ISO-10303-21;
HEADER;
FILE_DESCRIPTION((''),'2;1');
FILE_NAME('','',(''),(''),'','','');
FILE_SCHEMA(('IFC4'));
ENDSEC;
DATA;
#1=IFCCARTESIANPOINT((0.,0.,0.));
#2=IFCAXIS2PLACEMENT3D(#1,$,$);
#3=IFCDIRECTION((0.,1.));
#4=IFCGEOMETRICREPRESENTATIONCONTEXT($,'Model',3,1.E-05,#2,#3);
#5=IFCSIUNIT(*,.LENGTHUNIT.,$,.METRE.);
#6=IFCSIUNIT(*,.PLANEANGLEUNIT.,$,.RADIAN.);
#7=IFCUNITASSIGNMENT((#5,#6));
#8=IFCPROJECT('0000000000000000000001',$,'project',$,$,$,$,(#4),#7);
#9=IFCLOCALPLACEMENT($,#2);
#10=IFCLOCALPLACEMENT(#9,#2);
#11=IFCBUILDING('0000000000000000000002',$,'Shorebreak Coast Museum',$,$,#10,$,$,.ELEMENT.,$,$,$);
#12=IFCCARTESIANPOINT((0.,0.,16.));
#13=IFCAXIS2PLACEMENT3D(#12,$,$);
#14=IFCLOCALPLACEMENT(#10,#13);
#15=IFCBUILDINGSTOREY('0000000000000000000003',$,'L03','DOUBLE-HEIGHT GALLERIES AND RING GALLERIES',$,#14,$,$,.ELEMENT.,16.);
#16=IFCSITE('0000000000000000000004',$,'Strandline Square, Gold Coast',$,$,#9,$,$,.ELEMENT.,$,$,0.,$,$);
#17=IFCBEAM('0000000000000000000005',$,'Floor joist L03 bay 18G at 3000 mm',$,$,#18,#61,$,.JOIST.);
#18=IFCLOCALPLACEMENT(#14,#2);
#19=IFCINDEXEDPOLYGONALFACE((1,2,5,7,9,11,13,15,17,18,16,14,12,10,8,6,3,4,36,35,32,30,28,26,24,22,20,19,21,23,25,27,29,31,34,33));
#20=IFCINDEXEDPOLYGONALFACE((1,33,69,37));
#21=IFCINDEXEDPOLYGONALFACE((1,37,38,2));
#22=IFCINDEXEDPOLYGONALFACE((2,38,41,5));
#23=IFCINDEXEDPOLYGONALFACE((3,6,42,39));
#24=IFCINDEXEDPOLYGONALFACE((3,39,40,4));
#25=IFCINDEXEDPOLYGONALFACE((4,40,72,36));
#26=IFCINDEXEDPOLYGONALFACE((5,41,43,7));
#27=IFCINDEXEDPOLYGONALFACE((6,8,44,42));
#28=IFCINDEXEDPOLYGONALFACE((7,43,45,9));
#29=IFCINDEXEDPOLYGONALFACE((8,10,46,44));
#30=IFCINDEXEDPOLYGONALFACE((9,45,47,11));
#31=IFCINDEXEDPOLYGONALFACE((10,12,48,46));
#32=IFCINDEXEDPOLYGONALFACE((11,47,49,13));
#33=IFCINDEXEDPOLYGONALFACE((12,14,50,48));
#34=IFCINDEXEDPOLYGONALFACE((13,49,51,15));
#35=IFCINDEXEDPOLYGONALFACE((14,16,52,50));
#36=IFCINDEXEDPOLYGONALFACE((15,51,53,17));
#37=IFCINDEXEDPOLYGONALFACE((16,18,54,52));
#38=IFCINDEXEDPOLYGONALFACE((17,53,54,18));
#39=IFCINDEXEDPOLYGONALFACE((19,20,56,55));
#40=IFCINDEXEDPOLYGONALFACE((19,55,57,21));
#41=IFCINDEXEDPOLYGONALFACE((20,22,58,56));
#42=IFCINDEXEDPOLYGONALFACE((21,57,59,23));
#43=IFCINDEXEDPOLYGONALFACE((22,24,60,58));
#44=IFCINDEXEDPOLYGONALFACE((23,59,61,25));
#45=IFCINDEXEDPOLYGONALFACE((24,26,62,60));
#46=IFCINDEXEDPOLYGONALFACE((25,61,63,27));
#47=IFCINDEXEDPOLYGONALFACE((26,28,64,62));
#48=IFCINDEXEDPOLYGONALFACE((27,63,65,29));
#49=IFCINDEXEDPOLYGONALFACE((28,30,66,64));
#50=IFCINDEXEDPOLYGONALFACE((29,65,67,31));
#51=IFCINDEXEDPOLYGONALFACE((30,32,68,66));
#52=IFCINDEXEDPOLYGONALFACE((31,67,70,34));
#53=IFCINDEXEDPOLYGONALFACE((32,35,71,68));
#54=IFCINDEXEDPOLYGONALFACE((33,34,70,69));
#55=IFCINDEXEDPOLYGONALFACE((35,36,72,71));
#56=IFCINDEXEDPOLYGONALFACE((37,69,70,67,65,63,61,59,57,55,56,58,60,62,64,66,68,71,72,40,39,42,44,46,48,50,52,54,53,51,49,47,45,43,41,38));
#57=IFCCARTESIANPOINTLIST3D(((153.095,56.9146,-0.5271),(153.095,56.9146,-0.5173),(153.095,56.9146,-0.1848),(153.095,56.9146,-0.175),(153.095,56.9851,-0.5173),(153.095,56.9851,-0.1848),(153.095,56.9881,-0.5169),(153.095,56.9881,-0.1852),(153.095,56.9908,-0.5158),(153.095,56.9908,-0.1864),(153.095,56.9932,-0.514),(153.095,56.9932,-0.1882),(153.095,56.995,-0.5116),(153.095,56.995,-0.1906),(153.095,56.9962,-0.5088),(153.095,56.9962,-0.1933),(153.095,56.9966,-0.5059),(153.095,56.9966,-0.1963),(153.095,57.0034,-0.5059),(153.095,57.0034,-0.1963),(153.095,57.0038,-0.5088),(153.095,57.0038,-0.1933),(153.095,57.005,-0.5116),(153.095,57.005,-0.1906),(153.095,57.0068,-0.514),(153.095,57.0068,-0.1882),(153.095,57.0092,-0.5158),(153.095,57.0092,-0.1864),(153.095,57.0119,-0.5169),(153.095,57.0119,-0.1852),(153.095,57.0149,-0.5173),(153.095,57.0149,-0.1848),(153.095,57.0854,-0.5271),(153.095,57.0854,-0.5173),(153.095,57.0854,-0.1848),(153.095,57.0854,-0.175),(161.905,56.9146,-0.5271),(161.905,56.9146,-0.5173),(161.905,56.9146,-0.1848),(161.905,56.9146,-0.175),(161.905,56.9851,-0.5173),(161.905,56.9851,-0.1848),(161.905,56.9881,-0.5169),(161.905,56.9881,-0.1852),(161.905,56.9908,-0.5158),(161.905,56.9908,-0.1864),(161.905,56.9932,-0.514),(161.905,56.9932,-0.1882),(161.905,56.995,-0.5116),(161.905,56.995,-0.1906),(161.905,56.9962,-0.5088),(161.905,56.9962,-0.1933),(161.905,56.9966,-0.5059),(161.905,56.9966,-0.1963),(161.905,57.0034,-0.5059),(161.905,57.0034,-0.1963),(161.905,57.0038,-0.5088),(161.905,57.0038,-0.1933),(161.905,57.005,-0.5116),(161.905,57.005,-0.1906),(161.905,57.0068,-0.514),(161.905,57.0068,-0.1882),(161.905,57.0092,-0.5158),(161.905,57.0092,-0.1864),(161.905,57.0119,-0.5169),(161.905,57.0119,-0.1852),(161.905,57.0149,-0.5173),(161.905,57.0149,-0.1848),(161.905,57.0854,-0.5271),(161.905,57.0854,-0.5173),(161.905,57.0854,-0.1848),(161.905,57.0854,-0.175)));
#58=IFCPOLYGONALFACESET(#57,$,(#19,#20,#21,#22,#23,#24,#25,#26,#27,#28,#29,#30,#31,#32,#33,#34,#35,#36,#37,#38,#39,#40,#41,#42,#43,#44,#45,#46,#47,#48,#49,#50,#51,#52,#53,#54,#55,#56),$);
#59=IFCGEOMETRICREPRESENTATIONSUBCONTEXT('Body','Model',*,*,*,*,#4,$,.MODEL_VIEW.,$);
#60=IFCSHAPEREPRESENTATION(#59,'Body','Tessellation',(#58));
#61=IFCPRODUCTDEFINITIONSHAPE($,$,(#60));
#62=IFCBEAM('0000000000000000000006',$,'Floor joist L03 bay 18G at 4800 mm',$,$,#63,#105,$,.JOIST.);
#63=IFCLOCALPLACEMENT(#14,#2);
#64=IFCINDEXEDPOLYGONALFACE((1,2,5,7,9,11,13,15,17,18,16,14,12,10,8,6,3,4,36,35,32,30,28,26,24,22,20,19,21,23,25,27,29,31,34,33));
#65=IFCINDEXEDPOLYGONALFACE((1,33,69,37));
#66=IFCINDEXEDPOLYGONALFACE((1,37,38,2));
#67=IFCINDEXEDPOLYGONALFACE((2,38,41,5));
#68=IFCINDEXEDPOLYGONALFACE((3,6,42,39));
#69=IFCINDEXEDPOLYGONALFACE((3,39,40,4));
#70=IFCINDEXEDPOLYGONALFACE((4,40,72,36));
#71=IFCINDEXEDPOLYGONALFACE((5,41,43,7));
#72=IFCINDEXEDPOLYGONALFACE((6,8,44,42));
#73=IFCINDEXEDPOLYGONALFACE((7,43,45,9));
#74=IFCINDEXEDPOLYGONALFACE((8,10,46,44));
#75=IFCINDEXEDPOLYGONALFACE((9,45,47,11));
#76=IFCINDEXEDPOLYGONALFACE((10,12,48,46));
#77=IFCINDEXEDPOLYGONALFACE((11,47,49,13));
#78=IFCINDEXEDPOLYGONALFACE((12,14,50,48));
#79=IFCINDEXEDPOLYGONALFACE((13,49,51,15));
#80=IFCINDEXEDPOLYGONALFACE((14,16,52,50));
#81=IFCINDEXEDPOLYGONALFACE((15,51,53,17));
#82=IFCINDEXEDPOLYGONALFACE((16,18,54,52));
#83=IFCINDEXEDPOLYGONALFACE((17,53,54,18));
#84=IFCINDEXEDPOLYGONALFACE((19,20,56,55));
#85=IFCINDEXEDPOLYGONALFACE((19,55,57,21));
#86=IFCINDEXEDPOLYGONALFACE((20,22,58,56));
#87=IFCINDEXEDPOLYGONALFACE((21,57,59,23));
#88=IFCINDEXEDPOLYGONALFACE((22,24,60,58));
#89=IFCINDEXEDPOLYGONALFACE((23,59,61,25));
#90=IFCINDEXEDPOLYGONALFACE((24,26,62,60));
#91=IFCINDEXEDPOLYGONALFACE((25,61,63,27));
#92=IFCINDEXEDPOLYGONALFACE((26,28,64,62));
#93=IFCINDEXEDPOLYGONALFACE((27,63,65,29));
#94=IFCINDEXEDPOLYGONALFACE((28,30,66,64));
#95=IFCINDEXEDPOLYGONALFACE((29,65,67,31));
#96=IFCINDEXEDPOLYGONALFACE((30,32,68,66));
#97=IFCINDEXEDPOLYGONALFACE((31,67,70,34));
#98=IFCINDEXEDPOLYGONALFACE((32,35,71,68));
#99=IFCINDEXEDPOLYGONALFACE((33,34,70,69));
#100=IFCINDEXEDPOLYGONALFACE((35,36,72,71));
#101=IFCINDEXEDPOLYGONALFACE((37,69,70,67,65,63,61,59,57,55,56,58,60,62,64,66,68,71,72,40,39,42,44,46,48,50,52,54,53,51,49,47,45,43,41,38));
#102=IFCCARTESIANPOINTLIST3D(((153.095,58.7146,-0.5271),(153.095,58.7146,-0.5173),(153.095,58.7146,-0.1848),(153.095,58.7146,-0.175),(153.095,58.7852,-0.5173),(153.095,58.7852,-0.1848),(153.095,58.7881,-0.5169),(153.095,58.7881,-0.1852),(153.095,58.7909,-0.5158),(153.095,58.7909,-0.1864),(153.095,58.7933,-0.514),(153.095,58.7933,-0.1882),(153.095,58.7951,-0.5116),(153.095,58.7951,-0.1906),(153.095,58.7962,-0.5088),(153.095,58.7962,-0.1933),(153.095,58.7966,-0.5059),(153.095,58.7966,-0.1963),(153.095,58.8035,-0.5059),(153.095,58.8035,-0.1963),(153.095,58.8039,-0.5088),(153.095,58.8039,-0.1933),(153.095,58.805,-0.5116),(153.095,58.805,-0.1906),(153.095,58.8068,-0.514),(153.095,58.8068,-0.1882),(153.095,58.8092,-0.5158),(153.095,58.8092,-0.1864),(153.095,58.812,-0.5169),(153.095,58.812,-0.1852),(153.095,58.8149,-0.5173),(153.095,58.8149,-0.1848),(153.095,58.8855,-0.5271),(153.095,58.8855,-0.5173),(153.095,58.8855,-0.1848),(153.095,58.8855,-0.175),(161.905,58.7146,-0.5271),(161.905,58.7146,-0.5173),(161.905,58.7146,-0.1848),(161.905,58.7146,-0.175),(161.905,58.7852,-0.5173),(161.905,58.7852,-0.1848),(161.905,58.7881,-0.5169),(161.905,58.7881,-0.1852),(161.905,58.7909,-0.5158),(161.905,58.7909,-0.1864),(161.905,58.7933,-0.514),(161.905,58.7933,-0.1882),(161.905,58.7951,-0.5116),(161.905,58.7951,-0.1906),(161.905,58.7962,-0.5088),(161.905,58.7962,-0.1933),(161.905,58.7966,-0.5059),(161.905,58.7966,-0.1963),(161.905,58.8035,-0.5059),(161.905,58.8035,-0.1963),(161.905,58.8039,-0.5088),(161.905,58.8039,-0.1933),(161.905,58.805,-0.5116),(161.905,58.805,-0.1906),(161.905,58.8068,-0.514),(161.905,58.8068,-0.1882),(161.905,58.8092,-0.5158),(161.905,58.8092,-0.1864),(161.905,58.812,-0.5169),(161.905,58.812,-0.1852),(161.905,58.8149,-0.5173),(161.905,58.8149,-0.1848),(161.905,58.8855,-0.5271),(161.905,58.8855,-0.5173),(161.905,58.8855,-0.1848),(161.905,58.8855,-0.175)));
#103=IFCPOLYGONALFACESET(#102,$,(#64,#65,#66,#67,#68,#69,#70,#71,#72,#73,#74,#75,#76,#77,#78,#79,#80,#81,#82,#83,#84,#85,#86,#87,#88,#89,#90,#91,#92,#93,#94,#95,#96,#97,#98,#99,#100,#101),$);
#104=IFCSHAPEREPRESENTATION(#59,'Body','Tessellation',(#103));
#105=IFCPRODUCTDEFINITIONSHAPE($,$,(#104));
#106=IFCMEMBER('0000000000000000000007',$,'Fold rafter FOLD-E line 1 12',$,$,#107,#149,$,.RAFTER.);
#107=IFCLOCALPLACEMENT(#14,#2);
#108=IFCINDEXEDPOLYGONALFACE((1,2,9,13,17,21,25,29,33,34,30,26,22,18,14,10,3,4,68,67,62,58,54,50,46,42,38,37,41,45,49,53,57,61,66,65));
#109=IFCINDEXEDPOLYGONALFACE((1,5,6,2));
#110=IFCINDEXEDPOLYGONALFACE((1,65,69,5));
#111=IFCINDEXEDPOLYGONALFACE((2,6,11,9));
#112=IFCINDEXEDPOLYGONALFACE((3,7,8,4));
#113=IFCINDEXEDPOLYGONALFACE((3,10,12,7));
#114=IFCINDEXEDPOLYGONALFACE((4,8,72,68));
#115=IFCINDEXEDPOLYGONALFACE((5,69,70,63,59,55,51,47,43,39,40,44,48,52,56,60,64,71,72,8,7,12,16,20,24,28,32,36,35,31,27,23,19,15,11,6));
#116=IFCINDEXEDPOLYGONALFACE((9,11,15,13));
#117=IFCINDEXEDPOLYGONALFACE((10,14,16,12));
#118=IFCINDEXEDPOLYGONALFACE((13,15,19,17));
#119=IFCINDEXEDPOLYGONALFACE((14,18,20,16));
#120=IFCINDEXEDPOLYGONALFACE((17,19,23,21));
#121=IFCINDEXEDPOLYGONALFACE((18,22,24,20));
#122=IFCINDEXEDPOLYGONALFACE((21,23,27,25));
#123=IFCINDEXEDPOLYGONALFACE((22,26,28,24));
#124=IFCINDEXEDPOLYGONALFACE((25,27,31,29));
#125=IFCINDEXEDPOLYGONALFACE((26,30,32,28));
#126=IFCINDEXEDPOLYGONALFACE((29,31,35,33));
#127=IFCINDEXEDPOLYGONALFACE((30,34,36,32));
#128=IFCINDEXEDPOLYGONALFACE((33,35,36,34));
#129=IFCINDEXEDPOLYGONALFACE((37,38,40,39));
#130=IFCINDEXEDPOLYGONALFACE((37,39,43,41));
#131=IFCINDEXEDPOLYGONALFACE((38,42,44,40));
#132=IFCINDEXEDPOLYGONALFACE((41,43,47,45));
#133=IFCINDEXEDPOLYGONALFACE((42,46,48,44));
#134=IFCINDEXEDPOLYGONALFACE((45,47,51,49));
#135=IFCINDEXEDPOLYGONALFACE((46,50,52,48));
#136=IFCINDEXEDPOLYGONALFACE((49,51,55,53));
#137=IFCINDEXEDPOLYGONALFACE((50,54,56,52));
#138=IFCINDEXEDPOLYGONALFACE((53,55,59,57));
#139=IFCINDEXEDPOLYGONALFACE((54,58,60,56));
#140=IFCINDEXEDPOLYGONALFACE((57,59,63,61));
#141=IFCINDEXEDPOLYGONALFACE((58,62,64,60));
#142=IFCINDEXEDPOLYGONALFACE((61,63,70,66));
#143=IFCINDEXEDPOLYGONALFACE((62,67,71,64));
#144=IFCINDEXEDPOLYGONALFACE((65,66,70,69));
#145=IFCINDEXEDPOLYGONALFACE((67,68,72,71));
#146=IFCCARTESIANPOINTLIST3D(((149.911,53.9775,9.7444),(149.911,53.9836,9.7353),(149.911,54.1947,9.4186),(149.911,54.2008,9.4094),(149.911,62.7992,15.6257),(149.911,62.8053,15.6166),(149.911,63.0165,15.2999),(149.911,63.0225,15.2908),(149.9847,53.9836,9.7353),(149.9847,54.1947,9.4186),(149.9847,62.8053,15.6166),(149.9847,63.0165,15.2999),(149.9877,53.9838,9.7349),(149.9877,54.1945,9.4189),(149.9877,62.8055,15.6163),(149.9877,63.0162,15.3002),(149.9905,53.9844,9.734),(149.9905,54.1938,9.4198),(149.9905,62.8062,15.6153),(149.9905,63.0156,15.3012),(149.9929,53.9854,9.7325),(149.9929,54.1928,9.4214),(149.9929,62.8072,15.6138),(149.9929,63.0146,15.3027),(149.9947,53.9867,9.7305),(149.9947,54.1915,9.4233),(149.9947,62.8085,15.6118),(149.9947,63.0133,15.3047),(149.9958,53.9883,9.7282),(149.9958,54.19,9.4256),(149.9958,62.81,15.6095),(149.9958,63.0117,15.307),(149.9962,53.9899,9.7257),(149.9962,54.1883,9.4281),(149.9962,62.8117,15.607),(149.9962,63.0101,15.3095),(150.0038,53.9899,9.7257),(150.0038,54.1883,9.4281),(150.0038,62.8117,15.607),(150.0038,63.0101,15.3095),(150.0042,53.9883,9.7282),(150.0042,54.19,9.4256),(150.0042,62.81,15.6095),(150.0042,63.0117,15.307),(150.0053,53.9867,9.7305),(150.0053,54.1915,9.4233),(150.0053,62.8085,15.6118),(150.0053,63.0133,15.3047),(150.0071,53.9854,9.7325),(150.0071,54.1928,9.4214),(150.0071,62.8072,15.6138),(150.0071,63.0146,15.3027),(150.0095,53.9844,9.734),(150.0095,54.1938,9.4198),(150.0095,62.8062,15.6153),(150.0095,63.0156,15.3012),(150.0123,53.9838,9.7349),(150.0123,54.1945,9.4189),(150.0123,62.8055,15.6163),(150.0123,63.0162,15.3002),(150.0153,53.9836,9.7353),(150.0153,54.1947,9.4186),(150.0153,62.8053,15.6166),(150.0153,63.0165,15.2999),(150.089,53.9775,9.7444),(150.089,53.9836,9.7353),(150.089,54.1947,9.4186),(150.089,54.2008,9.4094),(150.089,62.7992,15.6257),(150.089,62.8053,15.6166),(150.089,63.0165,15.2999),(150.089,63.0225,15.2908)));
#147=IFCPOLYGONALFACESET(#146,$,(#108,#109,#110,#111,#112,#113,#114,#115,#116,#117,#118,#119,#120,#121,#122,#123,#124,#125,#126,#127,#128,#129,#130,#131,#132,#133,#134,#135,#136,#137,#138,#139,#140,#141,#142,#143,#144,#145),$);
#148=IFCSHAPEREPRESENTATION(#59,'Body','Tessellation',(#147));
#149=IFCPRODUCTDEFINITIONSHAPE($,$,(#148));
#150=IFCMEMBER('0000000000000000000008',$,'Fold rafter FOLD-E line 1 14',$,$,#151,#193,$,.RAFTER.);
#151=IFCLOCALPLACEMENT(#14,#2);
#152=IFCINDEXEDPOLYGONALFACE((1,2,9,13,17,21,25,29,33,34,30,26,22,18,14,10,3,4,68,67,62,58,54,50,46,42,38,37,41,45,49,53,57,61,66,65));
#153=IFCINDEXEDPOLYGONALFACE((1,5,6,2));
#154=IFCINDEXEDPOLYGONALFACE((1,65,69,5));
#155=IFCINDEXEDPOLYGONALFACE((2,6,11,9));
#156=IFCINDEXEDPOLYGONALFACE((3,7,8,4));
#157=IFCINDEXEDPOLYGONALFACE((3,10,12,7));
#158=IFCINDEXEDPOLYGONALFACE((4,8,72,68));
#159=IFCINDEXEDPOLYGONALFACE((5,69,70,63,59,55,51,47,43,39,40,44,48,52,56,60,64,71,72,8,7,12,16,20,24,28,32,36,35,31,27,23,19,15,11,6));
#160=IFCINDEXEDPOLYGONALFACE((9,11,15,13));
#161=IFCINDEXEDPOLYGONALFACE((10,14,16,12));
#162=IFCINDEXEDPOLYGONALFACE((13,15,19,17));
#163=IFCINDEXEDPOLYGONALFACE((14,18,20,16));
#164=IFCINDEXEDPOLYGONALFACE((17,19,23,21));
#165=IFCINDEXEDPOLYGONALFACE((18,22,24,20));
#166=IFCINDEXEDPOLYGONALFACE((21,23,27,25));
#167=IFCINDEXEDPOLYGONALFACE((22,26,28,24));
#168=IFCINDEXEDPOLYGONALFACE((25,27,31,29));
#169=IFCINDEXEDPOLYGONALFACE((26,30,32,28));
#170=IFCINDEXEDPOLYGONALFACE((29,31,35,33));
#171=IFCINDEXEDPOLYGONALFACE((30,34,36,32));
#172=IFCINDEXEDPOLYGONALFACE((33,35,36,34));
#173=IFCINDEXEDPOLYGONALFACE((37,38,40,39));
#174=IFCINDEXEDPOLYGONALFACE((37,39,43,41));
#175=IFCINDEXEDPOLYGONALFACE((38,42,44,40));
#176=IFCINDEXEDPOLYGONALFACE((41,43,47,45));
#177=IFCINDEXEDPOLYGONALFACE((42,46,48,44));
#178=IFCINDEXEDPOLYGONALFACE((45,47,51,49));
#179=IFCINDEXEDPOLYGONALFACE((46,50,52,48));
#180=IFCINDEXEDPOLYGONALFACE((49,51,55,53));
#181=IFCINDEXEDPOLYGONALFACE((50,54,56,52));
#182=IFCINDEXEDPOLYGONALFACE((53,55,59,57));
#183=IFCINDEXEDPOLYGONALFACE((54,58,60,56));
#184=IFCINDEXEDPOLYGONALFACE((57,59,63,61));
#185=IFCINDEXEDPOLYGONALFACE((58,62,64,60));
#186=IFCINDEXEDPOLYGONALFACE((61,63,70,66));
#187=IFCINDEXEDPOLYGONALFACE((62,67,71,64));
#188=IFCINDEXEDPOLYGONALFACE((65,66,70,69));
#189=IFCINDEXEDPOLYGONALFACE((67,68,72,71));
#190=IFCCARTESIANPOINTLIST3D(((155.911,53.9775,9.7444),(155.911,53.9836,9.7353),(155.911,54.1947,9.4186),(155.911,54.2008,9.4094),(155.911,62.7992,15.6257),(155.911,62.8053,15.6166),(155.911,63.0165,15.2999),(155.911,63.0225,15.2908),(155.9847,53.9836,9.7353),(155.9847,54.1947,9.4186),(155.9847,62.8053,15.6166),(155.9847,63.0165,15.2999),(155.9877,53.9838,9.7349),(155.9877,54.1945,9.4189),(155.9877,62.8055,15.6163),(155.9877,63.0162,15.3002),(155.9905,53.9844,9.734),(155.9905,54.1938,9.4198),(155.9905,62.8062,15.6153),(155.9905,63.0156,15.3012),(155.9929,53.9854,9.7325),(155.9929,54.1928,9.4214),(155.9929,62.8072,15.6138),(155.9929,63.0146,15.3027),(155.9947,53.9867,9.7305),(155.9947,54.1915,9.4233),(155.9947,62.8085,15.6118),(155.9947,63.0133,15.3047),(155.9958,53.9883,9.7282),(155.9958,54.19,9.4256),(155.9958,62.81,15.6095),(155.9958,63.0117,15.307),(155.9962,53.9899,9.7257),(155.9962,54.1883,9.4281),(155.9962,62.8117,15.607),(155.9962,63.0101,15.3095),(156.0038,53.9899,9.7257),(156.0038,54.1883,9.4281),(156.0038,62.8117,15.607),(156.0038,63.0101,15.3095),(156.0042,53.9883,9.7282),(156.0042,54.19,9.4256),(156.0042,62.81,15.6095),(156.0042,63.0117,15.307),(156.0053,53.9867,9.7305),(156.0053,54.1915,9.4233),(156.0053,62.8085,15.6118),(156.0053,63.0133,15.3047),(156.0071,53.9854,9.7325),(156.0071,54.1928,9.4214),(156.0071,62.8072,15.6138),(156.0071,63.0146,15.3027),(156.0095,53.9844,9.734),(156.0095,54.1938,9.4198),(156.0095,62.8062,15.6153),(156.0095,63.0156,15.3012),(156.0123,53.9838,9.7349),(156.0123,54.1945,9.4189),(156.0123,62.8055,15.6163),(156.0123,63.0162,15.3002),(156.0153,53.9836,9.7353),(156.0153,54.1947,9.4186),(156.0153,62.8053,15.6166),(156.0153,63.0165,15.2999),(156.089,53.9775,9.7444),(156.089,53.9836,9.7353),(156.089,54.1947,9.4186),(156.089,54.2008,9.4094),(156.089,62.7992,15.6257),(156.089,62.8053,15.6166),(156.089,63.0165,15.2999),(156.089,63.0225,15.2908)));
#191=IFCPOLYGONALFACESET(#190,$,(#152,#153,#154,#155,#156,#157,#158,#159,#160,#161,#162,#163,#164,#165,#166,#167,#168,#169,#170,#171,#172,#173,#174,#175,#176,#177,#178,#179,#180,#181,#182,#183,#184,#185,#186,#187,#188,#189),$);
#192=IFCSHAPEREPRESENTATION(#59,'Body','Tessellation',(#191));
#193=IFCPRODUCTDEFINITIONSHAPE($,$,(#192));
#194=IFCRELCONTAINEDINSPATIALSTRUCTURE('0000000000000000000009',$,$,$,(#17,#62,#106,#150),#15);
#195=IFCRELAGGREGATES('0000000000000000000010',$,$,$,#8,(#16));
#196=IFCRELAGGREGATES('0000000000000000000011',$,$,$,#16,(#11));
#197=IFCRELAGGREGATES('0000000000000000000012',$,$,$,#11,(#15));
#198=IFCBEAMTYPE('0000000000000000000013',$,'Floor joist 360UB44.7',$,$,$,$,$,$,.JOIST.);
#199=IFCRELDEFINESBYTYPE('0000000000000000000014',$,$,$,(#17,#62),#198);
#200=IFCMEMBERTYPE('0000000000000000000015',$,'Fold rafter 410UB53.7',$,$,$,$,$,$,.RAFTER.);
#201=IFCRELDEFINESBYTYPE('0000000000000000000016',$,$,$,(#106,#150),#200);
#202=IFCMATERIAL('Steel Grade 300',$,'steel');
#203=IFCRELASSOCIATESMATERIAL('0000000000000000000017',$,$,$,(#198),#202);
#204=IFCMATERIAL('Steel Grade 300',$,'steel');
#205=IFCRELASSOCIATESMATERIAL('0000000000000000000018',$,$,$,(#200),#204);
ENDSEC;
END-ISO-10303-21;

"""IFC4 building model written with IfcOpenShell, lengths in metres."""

from ifc_helpers import new_model, si_unit, direction, frame, origin, origin_2d, place, context, subcontext, project, spatial, i_section, extrude, material, material_profile, profile_set, type_object, element, save


model = new_model("IFC4")

# Units and contexts
model_context = context("Model", 3, precision=1e-05, world=origin(), true_north=direction((0.0, 1.0)))
body_context = subcontext(model_context, "Body", "Model", "MODEL_VIEW")
ifc_project = project(units=[si_unit("LENGTHUNIT", "METRE"), si_unit("PLANEANGLEUNIT", "RADIAN")], contexts=[model_context])

# Site, building, storey
site_placement = place(None, origin())
site = spatial("IfcSite", under=ifc_project, at=site_placement, Name="Strandline Square, Gold Coast", CompositionType="ELEMENT", RefElevation=0.0)
building_placement = place(site_placement, origin())
building = spatial("IfcBuilding", under=site, at=building_placement, Name="Shorebreak Coast Museum", CompositionType="ELEMENT")
storey_placement = place(building_placement, frame((0.0, 0.0, 16.0)))
storey = spatial("IfcBuildingStorey", under=building, at=storey_placement, Name="L03", Description="DOUBLE-HEIGHT GALLERIES AND RING GALLERIES", CompositionType="ELEMENT", Elevation=16.0)

# Beams
ifc_material_1 = material(Name="Steel Grade 300", Category="steel")
ifc_material_profile_1 = material_profile(ifc_material_1, i_section(OverallWidth=0.1709, OverallDepth=0.3521, WebThickness=0.0068, FlangeThickness=0.0098, FilletRadius=0.0115, at=origin_2d()), Name="360UB44.7")
ifc_profile_set_1 = profile_set([ifc_material_profile_1], Name="Steel Grade 300")
beam_type_1 = type_object("IfcBeamType", Name="Floor joist 360UB44.7", PredefinedType="JOIST", material=ifc_profile_set_1)
for number, where, z_axis, x_axis, name in (
    (1, (153.095, 57.0, -0.3511), (1.0, 0.0, 0.0), (0.0, 1.0, 0.0), "Floor joist L03 bay 18G at 3000 mm"),
    (2, (153.095, 58.8, -0.3511), (1.0, 0.0, 0.0), (0.0, 1.0, 0.0), "Floor joist L03 bay 18G at 4800 mm"),
):
    element("IfcBeam", number, at=place(storey_placement, frame(where, z_axis=z_axis, x_axis=x_axis)), inside=storey, type_object=beam_type_1, Name=name, PredefinedType="JOIST", context=body_context, shape_type="SweptSolid", body=[
        extrude(i_section(OverallWidth=0.1709, OverallDepth=0.3521, WebThickness=0.0068, FlangeThickness=0.0098, FilletRadius=0.0115, at=origin_2d()), origin(), (0.0, 0.0, 1.0), 8.8101),
    ])

# Members
ifc_material_2 = material(Name="Steel Grade 300", Category="steel")
ifc_material_profile_2 = material_profile(ifc_material_2, i_section(OverallWidth=0.178, OverallDepth=0.4026, WebThickness=0.0076, FlangeThickness=0.011, FilletRadius=0.0115, at=origin_2d()), Name="410UB53.7")
ifc_profile_set_2 = profile_set([ifc_material_profile_2], Name="Steel Grade 300")
member_type_1 = type_object("IfcMemberType", Name="Fold rafter 410UB53.7", PredefinedType="RAFTER", material=ifc_profile_set_2)
for number, where, z_axis, x_axis, name in (
    (3, (150.0, 62.9109, 15.4583), (0.0, -0.832043, -0.554711), (1.0, 0.0, 0.0), "Fold rafter FOLD-E line 1 12"),
    (4, (156.0, 62.9109, 15.4583), (0.0, -0.832043, -0.554711), (1.0, 0.0, 0.0), "Fold rafter FOLD-E line 1 14"),
):
    element("IfcMember", number, at=place(storey_placement, frame(where, z_axis=z_axis, x_axis=x_axis)), inside=storey, type_object=member_type_1, Name=name, PredefinedType="RAFTER", context=body_context, shape_type="SweptSolid", body=[
        extrude(i_section(OverallWidth=0.178, OverallDepth=0.4026, WebThickness=0.0076, FlangeThickness=0.011, FilletRadius=0.0115, at=origin_2d()), origin(), (0.0, 0.0, 1.0), 10.6025),
    ])

save(model, "model.ifc")
